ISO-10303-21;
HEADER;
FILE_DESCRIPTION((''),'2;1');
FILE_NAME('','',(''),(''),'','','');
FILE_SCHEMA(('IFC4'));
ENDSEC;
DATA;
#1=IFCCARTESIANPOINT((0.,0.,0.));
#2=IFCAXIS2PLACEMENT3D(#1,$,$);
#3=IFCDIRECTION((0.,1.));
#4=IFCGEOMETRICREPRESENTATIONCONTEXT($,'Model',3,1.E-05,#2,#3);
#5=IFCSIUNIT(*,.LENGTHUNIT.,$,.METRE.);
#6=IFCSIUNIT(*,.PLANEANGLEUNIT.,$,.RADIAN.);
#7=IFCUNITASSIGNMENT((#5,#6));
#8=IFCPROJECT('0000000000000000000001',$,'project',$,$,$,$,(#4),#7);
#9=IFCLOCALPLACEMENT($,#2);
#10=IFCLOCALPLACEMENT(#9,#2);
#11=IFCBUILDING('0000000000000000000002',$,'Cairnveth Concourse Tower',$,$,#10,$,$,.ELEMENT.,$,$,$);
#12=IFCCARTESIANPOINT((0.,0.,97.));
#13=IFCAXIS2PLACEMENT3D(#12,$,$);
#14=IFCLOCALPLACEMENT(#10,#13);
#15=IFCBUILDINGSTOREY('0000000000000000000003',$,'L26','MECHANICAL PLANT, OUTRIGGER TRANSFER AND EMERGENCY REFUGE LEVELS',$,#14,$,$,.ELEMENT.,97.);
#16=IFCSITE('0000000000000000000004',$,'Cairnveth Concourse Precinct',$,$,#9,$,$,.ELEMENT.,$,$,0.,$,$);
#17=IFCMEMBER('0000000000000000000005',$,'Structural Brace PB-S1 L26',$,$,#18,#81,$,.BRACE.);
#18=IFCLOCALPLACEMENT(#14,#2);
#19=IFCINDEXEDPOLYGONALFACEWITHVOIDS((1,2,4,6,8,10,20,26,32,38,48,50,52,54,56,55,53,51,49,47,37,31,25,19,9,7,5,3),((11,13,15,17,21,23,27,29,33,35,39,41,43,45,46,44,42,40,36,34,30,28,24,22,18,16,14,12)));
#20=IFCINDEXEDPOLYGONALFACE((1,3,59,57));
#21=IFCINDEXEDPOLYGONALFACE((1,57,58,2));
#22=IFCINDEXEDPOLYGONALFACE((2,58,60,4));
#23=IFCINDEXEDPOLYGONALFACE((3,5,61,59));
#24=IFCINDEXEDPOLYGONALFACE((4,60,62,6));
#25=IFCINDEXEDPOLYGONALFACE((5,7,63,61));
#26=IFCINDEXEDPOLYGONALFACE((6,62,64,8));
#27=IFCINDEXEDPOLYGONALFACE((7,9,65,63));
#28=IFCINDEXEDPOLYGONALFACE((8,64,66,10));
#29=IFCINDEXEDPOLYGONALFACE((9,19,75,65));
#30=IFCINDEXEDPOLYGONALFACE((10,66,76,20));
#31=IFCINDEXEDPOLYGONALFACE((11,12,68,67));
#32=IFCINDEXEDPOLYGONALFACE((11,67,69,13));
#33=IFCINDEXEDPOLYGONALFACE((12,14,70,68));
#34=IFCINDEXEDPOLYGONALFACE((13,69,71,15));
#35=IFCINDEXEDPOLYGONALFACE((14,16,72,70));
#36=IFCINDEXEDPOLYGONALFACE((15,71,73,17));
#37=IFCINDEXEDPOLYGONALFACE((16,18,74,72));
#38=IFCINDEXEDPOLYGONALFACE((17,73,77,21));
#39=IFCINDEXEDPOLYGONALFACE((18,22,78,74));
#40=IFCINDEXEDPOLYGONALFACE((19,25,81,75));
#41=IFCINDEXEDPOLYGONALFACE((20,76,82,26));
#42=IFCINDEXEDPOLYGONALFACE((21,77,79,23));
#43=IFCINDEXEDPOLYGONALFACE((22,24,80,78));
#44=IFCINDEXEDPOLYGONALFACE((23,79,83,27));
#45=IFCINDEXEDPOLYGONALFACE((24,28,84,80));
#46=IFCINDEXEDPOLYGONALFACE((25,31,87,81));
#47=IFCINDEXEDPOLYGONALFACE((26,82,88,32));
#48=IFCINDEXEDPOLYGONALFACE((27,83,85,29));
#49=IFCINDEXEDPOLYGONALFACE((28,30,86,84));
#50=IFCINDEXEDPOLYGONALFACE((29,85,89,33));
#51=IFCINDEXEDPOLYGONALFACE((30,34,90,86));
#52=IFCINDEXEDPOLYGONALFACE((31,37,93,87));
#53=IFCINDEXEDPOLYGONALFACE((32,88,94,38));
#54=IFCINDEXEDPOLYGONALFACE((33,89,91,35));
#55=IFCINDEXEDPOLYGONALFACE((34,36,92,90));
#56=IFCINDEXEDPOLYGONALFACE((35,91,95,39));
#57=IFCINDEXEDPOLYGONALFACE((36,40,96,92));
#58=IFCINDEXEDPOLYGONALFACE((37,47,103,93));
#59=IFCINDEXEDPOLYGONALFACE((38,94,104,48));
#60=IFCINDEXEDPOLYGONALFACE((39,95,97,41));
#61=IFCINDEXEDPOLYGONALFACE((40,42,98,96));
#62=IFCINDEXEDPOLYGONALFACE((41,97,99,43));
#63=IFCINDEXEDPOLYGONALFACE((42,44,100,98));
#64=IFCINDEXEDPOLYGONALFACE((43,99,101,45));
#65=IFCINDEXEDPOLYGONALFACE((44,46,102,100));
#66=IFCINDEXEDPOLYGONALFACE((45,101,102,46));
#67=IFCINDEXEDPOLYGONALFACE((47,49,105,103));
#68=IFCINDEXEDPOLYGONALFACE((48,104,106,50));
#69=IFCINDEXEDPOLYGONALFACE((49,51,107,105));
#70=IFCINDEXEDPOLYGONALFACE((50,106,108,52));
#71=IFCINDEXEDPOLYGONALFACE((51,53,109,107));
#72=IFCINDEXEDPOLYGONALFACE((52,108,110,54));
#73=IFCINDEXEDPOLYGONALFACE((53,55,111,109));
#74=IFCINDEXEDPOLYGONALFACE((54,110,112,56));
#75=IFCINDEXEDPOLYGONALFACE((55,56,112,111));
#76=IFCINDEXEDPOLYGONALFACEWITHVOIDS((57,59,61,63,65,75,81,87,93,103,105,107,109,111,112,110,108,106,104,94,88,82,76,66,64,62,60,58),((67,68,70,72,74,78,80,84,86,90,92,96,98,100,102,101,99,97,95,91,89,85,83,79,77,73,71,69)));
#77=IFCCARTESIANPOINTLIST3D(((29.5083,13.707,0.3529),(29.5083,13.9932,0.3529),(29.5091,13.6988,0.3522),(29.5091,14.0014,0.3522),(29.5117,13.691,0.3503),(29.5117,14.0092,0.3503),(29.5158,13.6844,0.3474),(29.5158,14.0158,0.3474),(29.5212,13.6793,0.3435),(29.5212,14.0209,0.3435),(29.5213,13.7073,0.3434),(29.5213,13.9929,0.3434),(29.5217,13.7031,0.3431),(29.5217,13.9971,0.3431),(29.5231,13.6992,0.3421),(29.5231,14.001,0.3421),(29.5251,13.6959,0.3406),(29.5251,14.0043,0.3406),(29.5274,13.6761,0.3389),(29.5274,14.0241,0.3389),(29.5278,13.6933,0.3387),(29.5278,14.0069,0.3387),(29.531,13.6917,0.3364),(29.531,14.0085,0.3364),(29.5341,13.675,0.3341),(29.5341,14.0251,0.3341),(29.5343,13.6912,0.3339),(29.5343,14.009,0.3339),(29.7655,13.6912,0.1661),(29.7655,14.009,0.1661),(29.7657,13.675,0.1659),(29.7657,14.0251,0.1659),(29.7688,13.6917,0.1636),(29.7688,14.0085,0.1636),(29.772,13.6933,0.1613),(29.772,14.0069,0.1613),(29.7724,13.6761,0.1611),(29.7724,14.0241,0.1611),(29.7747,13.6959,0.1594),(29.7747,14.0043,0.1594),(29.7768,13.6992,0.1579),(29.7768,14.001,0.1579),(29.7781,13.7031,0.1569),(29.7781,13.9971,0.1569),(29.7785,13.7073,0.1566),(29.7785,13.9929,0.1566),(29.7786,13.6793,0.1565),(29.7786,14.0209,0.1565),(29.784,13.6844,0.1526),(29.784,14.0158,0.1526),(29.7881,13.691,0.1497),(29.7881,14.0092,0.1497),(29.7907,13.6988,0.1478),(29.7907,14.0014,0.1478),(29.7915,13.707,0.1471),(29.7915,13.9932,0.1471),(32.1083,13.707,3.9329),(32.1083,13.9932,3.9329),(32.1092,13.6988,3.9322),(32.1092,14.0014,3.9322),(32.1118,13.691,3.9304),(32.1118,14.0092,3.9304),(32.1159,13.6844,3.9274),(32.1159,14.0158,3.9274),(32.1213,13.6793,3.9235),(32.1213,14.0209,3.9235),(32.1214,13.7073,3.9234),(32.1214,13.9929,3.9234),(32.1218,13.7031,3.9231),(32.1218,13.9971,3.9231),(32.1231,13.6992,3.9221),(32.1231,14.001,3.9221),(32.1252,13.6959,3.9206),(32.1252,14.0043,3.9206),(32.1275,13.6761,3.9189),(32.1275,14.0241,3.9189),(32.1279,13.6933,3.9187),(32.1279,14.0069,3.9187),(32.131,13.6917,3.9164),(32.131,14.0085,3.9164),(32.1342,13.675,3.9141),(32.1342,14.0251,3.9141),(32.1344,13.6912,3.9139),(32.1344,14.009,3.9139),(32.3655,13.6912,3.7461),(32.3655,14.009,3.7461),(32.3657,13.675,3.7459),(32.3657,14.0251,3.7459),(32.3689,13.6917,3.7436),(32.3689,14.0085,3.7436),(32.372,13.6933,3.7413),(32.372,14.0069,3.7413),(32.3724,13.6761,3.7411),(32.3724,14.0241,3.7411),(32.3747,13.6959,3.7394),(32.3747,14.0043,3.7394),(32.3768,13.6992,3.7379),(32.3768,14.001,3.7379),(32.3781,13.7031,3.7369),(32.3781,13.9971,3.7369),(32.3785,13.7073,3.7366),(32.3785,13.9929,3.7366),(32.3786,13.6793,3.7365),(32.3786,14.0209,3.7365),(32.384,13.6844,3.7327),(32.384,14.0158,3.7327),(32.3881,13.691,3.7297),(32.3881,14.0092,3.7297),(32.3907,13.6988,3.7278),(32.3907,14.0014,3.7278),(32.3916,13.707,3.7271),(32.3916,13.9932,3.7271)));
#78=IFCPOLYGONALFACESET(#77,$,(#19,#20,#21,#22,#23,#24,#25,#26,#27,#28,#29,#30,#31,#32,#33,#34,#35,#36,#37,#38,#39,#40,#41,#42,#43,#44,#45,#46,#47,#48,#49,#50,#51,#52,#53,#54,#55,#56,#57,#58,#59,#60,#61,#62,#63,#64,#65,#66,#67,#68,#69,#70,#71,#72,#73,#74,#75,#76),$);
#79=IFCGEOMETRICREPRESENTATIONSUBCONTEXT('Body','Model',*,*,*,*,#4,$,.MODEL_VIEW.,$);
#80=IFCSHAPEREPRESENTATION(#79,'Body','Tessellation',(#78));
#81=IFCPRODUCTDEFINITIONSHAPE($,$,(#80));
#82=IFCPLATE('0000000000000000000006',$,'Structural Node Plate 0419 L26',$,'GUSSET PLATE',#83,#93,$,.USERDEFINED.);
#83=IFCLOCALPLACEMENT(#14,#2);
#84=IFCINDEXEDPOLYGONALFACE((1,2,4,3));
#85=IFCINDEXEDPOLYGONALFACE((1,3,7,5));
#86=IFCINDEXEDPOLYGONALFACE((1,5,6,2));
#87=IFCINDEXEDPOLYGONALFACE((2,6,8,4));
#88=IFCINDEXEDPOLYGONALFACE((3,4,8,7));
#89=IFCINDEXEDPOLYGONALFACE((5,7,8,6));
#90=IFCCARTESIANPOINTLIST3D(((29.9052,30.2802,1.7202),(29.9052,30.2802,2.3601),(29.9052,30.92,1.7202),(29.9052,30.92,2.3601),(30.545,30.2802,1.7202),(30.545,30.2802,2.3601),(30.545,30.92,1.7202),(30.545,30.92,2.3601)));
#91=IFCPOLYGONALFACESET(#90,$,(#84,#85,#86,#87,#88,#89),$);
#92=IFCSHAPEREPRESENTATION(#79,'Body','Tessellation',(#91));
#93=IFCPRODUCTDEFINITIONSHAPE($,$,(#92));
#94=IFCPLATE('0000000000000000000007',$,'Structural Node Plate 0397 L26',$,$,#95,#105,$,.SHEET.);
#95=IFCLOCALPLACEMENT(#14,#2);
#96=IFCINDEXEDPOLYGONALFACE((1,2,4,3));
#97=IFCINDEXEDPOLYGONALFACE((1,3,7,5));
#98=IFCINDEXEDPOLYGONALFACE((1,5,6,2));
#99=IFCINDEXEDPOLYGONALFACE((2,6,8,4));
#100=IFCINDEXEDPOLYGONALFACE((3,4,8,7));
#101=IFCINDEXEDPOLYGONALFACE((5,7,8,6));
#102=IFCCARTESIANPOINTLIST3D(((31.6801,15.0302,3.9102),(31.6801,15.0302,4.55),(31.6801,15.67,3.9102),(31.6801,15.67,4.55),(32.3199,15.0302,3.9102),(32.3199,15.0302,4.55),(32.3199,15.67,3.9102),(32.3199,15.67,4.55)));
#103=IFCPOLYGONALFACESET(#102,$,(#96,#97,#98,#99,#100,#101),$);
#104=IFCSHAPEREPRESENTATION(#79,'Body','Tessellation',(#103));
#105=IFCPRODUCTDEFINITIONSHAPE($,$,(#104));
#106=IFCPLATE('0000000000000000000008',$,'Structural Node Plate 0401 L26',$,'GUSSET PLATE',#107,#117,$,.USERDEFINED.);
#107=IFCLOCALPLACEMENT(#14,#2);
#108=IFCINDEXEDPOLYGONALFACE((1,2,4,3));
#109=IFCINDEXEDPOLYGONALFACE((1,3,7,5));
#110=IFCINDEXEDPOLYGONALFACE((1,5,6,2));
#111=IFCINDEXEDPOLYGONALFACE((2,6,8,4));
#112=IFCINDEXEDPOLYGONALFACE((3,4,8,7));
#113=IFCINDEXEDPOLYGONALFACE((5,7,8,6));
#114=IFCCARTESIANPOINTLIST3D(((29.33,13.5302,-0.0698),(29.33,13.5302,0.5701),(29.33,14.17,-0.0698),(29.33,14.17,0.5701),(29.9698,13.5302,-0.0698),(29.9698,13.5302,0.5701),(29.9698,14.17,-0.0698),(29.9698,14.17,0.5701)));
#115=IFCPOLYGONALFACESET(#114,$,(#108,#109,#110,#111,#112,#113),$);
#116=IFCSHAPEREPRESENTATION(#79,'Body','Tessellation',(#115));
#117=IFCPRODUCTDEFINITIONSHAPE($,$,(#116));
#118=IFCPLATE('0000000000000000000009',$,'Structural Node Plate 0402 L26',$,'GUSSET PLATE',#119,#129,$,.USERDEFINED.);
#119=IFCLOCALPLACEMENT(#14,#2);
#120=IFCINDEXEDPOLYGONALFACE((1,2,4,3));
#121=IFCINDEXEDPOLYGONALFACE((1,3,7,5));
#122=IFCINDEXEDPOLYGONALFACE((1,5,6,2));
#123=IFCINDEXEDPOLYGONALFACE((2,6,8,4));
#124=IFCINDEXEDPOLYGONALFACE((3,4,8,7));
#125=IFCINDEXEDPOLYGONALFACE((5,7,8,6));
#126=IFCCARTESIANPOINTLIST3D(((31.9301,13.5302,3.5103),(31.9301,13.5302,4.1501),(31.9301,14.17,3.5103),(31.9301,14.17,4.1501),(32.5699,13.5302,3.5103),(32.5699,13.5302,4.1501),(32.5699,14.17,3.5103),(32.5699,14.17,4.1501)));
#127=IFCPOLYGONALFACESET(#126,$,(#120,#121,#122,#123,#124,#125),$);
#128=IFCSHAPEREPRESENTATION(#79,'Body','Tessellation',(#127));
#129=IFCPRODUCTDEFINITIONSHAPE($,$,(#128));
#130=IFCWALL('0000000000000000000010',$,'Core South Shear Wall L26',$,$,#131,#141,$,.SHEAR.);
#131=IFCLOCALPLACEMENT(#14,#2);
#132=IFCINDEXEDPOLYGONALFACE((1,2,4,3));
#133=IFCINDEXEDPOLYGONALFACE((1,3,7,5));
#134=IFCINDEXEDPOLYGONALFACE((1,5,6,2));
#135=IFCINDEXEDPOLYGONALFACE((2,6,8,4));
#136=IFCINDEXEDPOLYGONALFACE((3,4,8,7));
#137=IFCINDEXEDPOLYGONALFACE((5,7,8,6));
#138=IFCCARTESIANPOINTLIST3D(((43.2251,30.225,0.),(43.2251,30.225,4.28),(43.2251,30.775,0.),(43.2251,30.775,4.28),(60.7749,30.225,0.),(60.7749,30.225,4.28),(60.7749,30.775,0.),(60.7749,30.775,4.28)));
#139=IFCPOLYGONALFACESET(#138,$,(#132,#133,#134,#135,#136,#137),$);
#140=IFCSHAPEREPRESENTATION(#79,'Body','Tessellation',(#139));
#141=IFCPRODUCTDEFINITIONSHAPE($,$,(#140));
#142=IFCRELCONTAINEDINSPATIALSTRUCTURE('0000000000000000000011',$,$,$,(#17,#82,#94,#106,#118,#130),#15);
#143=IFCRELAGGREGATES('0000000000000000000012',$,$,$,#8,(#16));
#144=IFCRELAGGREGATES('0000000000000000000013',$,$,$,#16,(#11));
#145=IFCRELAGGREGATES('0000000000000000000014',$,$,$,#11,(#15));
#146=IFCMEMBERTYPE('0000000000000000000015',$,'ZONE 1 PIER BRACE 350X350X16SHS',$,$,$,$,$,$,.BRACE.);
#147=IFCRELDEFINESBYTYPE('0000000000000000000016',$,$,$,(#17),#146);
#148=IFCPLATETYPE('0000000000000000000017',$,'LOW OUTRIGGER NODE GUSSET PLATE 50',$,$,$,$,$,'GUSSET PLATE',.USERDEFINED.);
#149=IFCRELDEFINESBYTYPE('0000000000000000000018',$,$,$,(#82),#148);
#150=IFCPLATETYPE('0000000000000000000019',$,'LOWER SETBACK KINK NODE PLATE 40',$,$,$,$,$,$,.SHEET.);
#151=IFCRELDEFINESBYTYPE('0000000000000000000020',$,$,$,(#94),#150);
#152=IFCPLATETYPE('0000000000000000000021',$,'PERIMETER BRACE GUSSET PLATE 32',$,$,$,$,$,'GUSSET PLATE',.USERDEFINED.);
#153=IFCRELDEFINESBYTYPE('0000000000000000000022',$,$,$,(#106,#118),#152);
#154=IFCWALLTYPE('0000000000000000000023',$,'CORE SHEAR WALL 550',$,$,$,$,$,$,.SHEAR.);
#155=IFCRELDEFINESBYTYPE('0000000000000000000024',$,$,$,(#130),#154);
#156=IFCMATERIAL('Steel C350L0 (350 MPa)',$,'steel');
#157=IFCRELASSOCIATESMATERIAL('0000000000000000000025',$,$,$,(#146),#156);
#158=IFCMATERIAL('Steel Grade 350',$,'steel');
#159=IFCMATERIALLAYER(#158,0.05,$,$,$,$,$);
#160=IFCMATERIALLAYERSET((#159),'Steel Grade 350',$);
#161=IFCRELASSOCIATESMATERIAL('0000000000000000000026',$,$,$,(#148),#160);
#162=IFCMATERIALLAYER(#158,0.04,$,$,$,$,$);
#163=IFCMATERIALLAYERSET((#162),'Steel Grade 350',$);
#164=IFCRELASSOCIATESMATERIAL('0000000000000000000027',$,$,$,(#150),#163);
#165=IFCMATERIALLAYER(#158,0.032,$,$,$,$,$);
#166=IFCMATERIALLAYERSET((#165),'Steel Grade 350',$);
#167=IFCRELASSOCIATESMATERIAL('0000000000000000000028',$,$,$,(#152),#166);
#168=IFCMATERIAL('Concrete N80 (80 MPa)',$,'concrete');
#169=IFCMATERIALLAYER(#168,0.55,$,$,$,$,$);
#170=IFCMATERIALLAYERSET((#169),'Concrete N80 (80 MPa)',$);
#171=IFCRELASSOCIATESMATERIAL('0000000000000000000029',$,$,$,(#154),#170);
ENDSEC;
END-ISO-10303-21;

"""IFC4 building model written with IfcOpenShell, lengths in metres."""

from ifc_helpers import new_model, si_unit, direction, frame, frame_2d, origin, origin_2d, place, context, subcontext, project, spatial, rectangle, hollow_rectangle, extrude, material, layer, layer_set, material_profile, profile_set, type_object, element, save


model = new_model("IFC4")

# Units and contexts
model_context = context("Model", 3, precision=1e-05, world=origin(), true_north=direction((0.0, 1.0)))
body_context = subcontext(model_context, "Body", "Model", "MODEL_VIEW")
ifc_project = project(units=[si_unit("LENGTHUNIT", "METRE"), si_unit("PLANEANGLEUNIT", "RADIAN")], contexts=[model_context])

# Site, building, storey
site_placement = place(None, origin())
site = spatial("IfcSite", under=ifc_project, at=site_placement, Name="Cairnveth Concourse Precinct", CompositionType="ELEMENT", RefElevation=0.0)
building_placement = place(site_placement, origin())
building = spatial("IfcBuilding", under=site, at=building_placement, Name="Cairnveth Concourse Tower", CompositionType="ELEMENT")
storey_placement = place(building_placement, frame((0.0, 0.0, 97.0)))
storey = spatial("IfcBuildingStorey", under=building, at=storey_placement, Name="L26", Description="MECHANICAL PLANT, OUTRIGGER TRANSFER AND EMERGENCY REFUGE LEVELS", CompositionType="ELEMENT", Elevation=97.0)

# Shared definitions
ifc_material_1 = material(Name="Steel C350L0 (350 MPa)", Category="steel")

# Shared definitions
ifc_material_2 = material(Name="Steel Grade 350", Category="steel")

# Member
ifc_material_profile_1 = material_profile(ifc_material_1, hollow_rectangle(XDim=0.3501, YDim=0.3501, WallThickness=0.0161, InnerFilletRadius=0.0161, OuterFilletRadius=0.032, at=origin_2d()), Name="350x350x16.0SHS")
ifc_profile_set_1 = profile_set([ifc_material_profile_1], Name="Steel C350L0 (350 MPa)")
member_type_1 = type_object("IfcMemberType", Name="ZONE 1 PIER BRACE 350X350X16SHS", PredefinedType="BRACE", material=ifc_profile_set_1)
member_1_placement = place(storey_placement, frame((29.6499, 13.8501, 0.25), z_axis=(0.58764, 0.0, 0.809122), x_axis=(0.0, 1.0, 0.0)))
element("IfcMember", 1, at=member_1_placement, inside=storey, type_object=member_type_1, Name="Structural Brace PB-S1 L26", PredefinedType="BRACE", context=body_context, shape_type="SweptSolid", body=[
    extrude(hollow_rectangle(XDim=0.3501, YDim=0.3501, WallThickness=0.0161, InnerFilletRadius=0.0161, OuterFilletRadius=0.032, at=origin_2d()), origin(), (0.0, 0.0, 1.0), 4.4246),
])

# Plates
ifc_layer_1 = layer(ifc_material_2, 0.05)
ifc_layer_set_1 = layer_set([ifc_layer_1], Name="Steel Grade 350")
plate_type_1 = type_object("IfcPlateType", Name="LOW OUTRIGGER NODE GUSSET PLATE 50", ElementType="GUSSET PLATE", PredefinedType="USERDEFINED", material=ifc_layer_set_1)
plate_1_placement = place(storey_placement, frame((30.2251, 30.6001, 1.7202), z_axis=(0.0, 0.0, 1.0), x_axis=(1.0, 0.0, 0.0)))
element("IfcPlate", 2, at=plate_1_placement, inside=storey, type_object=plate_type_1, Name="Structural Node Plate 0419 L26", ObjectType="GUSSET PLATE", PredefinedType="USERDEFINED", context=body_context, shape_type="SweptSolid", body=[
    extrude(rectangle(XDim=0.6399, YDim=0.6399, at=origin_2d()), origin(), (0.0, 0.0, 1.0), 0.6399),
])
ifc_layer_2 = layer(ifc_material_2, 0.04)
ifc_layer_set_2 = layer_set([ifc_layer_2], Name="Steel Grade 350")
plate_type_2 = type_object("IfcPlateType", Name="LOWER SETBACK KINK NODE PLATE 40", PredefinedType="SHEET", material=ifc_layer_set_2)
plate_2_placement = place(storey_placement, frame((32.0, 15.3501, 3.9102), z_axis=(0.0, 0.0, 1.0), x_axis=(1.0, 0.0, 0.0)))
element("IfcPlate", 3, at=plate_2_placement, inside=storey, type_object=plate_type_2, Name="Structural Node Plate 0397 L26", PredefinedType="SHEET", context=body_context, shape_type="SweptSolid", body=[
    extrude(rectangle(XDim=0.6399, YDim=0.6399, at=origin_2d()), origin(), (0.0, 0.0, 1.0), 0.6399),
])
ifc_layer_3 = layer(ifc_material_2, 0.032)
ifc_layer_set_3 = layer_set([ifc_layer_3], Name="Steel Grade 350")
plate_type_3 = type_object("IfcPlateType", Name="PERIMETER BRACE GUSSET PLATE 32", ElementType="GUSSET PLATE", PredefinedType="USERDEFINED", material=ifc_layer_set_3)
for number, where, z_axis, x_axis, name in (
    (4, (29.6499, 13.8501, -0.0698), (0.0, 0.0, 1.0), (1.0, 0.0, 0.0), "Structural Node Plate 0401 L26"),
    (5, (32.25, 13.8501, 3.5103), (0.0, 0.0, 1.0), (1.0, 0.0, 0.0), "Structural Node Plate 0402 L26"),
):
    element("IfcPlate", number, at=place(storey_placement, frame(where, z_axis=z_axis, x_axis=x_axis)), inside=storey, type_object=plate_type_3, Name=name, ObjectType="GUSSET PLATE", PredefinedType="USERDEFINED", context=body_context, shape_type="SweptSolid", body=[
        extrude(rectangle(XDim=0.6399, YDim=0.6399, at=origin_2d()), origin(), (0.0, 0.0, 1.0), 0.6399),
    ])

# Wall
ifc_material_3 = material(Name="Concrete N80 (80 MPa)", Category="concrete")
ifc_layer_4 = layer(ifc_material_3, 0.55)
ifc_layer_set_4 = layer_set([ifc_layer_4], Name="Concrete N80 (80 MPa)")
wall_type_1 = type_object("IfcWallType", Name="CORE SHEAR WALL 550", PredefinedType="SHEAR", material=ifc_layer_set_4)
wall_1_placement = place(storey_placement, frame((43.2251, 30.5, 0.0), z_axis=(0.0, 0.0, 1.0), x_axis=(1.0, 0.0, 0.0)))
element("IfcWall", 6, at=wall_1_placement, inside=storey, type_object=wall_type_1, Name="Core South Shear Wall L26", PredefinedType="SHEAR", context=body_context, shape_type="SweptSolid", body=[
    extrude(rectangle(XDim=17.5498, YDim=0.55, at=frame_2d((8.7749, 0.0))), origin(), (0.0, 0.0, 1.0), 4.28),
])

save(model, "model.ifc")
